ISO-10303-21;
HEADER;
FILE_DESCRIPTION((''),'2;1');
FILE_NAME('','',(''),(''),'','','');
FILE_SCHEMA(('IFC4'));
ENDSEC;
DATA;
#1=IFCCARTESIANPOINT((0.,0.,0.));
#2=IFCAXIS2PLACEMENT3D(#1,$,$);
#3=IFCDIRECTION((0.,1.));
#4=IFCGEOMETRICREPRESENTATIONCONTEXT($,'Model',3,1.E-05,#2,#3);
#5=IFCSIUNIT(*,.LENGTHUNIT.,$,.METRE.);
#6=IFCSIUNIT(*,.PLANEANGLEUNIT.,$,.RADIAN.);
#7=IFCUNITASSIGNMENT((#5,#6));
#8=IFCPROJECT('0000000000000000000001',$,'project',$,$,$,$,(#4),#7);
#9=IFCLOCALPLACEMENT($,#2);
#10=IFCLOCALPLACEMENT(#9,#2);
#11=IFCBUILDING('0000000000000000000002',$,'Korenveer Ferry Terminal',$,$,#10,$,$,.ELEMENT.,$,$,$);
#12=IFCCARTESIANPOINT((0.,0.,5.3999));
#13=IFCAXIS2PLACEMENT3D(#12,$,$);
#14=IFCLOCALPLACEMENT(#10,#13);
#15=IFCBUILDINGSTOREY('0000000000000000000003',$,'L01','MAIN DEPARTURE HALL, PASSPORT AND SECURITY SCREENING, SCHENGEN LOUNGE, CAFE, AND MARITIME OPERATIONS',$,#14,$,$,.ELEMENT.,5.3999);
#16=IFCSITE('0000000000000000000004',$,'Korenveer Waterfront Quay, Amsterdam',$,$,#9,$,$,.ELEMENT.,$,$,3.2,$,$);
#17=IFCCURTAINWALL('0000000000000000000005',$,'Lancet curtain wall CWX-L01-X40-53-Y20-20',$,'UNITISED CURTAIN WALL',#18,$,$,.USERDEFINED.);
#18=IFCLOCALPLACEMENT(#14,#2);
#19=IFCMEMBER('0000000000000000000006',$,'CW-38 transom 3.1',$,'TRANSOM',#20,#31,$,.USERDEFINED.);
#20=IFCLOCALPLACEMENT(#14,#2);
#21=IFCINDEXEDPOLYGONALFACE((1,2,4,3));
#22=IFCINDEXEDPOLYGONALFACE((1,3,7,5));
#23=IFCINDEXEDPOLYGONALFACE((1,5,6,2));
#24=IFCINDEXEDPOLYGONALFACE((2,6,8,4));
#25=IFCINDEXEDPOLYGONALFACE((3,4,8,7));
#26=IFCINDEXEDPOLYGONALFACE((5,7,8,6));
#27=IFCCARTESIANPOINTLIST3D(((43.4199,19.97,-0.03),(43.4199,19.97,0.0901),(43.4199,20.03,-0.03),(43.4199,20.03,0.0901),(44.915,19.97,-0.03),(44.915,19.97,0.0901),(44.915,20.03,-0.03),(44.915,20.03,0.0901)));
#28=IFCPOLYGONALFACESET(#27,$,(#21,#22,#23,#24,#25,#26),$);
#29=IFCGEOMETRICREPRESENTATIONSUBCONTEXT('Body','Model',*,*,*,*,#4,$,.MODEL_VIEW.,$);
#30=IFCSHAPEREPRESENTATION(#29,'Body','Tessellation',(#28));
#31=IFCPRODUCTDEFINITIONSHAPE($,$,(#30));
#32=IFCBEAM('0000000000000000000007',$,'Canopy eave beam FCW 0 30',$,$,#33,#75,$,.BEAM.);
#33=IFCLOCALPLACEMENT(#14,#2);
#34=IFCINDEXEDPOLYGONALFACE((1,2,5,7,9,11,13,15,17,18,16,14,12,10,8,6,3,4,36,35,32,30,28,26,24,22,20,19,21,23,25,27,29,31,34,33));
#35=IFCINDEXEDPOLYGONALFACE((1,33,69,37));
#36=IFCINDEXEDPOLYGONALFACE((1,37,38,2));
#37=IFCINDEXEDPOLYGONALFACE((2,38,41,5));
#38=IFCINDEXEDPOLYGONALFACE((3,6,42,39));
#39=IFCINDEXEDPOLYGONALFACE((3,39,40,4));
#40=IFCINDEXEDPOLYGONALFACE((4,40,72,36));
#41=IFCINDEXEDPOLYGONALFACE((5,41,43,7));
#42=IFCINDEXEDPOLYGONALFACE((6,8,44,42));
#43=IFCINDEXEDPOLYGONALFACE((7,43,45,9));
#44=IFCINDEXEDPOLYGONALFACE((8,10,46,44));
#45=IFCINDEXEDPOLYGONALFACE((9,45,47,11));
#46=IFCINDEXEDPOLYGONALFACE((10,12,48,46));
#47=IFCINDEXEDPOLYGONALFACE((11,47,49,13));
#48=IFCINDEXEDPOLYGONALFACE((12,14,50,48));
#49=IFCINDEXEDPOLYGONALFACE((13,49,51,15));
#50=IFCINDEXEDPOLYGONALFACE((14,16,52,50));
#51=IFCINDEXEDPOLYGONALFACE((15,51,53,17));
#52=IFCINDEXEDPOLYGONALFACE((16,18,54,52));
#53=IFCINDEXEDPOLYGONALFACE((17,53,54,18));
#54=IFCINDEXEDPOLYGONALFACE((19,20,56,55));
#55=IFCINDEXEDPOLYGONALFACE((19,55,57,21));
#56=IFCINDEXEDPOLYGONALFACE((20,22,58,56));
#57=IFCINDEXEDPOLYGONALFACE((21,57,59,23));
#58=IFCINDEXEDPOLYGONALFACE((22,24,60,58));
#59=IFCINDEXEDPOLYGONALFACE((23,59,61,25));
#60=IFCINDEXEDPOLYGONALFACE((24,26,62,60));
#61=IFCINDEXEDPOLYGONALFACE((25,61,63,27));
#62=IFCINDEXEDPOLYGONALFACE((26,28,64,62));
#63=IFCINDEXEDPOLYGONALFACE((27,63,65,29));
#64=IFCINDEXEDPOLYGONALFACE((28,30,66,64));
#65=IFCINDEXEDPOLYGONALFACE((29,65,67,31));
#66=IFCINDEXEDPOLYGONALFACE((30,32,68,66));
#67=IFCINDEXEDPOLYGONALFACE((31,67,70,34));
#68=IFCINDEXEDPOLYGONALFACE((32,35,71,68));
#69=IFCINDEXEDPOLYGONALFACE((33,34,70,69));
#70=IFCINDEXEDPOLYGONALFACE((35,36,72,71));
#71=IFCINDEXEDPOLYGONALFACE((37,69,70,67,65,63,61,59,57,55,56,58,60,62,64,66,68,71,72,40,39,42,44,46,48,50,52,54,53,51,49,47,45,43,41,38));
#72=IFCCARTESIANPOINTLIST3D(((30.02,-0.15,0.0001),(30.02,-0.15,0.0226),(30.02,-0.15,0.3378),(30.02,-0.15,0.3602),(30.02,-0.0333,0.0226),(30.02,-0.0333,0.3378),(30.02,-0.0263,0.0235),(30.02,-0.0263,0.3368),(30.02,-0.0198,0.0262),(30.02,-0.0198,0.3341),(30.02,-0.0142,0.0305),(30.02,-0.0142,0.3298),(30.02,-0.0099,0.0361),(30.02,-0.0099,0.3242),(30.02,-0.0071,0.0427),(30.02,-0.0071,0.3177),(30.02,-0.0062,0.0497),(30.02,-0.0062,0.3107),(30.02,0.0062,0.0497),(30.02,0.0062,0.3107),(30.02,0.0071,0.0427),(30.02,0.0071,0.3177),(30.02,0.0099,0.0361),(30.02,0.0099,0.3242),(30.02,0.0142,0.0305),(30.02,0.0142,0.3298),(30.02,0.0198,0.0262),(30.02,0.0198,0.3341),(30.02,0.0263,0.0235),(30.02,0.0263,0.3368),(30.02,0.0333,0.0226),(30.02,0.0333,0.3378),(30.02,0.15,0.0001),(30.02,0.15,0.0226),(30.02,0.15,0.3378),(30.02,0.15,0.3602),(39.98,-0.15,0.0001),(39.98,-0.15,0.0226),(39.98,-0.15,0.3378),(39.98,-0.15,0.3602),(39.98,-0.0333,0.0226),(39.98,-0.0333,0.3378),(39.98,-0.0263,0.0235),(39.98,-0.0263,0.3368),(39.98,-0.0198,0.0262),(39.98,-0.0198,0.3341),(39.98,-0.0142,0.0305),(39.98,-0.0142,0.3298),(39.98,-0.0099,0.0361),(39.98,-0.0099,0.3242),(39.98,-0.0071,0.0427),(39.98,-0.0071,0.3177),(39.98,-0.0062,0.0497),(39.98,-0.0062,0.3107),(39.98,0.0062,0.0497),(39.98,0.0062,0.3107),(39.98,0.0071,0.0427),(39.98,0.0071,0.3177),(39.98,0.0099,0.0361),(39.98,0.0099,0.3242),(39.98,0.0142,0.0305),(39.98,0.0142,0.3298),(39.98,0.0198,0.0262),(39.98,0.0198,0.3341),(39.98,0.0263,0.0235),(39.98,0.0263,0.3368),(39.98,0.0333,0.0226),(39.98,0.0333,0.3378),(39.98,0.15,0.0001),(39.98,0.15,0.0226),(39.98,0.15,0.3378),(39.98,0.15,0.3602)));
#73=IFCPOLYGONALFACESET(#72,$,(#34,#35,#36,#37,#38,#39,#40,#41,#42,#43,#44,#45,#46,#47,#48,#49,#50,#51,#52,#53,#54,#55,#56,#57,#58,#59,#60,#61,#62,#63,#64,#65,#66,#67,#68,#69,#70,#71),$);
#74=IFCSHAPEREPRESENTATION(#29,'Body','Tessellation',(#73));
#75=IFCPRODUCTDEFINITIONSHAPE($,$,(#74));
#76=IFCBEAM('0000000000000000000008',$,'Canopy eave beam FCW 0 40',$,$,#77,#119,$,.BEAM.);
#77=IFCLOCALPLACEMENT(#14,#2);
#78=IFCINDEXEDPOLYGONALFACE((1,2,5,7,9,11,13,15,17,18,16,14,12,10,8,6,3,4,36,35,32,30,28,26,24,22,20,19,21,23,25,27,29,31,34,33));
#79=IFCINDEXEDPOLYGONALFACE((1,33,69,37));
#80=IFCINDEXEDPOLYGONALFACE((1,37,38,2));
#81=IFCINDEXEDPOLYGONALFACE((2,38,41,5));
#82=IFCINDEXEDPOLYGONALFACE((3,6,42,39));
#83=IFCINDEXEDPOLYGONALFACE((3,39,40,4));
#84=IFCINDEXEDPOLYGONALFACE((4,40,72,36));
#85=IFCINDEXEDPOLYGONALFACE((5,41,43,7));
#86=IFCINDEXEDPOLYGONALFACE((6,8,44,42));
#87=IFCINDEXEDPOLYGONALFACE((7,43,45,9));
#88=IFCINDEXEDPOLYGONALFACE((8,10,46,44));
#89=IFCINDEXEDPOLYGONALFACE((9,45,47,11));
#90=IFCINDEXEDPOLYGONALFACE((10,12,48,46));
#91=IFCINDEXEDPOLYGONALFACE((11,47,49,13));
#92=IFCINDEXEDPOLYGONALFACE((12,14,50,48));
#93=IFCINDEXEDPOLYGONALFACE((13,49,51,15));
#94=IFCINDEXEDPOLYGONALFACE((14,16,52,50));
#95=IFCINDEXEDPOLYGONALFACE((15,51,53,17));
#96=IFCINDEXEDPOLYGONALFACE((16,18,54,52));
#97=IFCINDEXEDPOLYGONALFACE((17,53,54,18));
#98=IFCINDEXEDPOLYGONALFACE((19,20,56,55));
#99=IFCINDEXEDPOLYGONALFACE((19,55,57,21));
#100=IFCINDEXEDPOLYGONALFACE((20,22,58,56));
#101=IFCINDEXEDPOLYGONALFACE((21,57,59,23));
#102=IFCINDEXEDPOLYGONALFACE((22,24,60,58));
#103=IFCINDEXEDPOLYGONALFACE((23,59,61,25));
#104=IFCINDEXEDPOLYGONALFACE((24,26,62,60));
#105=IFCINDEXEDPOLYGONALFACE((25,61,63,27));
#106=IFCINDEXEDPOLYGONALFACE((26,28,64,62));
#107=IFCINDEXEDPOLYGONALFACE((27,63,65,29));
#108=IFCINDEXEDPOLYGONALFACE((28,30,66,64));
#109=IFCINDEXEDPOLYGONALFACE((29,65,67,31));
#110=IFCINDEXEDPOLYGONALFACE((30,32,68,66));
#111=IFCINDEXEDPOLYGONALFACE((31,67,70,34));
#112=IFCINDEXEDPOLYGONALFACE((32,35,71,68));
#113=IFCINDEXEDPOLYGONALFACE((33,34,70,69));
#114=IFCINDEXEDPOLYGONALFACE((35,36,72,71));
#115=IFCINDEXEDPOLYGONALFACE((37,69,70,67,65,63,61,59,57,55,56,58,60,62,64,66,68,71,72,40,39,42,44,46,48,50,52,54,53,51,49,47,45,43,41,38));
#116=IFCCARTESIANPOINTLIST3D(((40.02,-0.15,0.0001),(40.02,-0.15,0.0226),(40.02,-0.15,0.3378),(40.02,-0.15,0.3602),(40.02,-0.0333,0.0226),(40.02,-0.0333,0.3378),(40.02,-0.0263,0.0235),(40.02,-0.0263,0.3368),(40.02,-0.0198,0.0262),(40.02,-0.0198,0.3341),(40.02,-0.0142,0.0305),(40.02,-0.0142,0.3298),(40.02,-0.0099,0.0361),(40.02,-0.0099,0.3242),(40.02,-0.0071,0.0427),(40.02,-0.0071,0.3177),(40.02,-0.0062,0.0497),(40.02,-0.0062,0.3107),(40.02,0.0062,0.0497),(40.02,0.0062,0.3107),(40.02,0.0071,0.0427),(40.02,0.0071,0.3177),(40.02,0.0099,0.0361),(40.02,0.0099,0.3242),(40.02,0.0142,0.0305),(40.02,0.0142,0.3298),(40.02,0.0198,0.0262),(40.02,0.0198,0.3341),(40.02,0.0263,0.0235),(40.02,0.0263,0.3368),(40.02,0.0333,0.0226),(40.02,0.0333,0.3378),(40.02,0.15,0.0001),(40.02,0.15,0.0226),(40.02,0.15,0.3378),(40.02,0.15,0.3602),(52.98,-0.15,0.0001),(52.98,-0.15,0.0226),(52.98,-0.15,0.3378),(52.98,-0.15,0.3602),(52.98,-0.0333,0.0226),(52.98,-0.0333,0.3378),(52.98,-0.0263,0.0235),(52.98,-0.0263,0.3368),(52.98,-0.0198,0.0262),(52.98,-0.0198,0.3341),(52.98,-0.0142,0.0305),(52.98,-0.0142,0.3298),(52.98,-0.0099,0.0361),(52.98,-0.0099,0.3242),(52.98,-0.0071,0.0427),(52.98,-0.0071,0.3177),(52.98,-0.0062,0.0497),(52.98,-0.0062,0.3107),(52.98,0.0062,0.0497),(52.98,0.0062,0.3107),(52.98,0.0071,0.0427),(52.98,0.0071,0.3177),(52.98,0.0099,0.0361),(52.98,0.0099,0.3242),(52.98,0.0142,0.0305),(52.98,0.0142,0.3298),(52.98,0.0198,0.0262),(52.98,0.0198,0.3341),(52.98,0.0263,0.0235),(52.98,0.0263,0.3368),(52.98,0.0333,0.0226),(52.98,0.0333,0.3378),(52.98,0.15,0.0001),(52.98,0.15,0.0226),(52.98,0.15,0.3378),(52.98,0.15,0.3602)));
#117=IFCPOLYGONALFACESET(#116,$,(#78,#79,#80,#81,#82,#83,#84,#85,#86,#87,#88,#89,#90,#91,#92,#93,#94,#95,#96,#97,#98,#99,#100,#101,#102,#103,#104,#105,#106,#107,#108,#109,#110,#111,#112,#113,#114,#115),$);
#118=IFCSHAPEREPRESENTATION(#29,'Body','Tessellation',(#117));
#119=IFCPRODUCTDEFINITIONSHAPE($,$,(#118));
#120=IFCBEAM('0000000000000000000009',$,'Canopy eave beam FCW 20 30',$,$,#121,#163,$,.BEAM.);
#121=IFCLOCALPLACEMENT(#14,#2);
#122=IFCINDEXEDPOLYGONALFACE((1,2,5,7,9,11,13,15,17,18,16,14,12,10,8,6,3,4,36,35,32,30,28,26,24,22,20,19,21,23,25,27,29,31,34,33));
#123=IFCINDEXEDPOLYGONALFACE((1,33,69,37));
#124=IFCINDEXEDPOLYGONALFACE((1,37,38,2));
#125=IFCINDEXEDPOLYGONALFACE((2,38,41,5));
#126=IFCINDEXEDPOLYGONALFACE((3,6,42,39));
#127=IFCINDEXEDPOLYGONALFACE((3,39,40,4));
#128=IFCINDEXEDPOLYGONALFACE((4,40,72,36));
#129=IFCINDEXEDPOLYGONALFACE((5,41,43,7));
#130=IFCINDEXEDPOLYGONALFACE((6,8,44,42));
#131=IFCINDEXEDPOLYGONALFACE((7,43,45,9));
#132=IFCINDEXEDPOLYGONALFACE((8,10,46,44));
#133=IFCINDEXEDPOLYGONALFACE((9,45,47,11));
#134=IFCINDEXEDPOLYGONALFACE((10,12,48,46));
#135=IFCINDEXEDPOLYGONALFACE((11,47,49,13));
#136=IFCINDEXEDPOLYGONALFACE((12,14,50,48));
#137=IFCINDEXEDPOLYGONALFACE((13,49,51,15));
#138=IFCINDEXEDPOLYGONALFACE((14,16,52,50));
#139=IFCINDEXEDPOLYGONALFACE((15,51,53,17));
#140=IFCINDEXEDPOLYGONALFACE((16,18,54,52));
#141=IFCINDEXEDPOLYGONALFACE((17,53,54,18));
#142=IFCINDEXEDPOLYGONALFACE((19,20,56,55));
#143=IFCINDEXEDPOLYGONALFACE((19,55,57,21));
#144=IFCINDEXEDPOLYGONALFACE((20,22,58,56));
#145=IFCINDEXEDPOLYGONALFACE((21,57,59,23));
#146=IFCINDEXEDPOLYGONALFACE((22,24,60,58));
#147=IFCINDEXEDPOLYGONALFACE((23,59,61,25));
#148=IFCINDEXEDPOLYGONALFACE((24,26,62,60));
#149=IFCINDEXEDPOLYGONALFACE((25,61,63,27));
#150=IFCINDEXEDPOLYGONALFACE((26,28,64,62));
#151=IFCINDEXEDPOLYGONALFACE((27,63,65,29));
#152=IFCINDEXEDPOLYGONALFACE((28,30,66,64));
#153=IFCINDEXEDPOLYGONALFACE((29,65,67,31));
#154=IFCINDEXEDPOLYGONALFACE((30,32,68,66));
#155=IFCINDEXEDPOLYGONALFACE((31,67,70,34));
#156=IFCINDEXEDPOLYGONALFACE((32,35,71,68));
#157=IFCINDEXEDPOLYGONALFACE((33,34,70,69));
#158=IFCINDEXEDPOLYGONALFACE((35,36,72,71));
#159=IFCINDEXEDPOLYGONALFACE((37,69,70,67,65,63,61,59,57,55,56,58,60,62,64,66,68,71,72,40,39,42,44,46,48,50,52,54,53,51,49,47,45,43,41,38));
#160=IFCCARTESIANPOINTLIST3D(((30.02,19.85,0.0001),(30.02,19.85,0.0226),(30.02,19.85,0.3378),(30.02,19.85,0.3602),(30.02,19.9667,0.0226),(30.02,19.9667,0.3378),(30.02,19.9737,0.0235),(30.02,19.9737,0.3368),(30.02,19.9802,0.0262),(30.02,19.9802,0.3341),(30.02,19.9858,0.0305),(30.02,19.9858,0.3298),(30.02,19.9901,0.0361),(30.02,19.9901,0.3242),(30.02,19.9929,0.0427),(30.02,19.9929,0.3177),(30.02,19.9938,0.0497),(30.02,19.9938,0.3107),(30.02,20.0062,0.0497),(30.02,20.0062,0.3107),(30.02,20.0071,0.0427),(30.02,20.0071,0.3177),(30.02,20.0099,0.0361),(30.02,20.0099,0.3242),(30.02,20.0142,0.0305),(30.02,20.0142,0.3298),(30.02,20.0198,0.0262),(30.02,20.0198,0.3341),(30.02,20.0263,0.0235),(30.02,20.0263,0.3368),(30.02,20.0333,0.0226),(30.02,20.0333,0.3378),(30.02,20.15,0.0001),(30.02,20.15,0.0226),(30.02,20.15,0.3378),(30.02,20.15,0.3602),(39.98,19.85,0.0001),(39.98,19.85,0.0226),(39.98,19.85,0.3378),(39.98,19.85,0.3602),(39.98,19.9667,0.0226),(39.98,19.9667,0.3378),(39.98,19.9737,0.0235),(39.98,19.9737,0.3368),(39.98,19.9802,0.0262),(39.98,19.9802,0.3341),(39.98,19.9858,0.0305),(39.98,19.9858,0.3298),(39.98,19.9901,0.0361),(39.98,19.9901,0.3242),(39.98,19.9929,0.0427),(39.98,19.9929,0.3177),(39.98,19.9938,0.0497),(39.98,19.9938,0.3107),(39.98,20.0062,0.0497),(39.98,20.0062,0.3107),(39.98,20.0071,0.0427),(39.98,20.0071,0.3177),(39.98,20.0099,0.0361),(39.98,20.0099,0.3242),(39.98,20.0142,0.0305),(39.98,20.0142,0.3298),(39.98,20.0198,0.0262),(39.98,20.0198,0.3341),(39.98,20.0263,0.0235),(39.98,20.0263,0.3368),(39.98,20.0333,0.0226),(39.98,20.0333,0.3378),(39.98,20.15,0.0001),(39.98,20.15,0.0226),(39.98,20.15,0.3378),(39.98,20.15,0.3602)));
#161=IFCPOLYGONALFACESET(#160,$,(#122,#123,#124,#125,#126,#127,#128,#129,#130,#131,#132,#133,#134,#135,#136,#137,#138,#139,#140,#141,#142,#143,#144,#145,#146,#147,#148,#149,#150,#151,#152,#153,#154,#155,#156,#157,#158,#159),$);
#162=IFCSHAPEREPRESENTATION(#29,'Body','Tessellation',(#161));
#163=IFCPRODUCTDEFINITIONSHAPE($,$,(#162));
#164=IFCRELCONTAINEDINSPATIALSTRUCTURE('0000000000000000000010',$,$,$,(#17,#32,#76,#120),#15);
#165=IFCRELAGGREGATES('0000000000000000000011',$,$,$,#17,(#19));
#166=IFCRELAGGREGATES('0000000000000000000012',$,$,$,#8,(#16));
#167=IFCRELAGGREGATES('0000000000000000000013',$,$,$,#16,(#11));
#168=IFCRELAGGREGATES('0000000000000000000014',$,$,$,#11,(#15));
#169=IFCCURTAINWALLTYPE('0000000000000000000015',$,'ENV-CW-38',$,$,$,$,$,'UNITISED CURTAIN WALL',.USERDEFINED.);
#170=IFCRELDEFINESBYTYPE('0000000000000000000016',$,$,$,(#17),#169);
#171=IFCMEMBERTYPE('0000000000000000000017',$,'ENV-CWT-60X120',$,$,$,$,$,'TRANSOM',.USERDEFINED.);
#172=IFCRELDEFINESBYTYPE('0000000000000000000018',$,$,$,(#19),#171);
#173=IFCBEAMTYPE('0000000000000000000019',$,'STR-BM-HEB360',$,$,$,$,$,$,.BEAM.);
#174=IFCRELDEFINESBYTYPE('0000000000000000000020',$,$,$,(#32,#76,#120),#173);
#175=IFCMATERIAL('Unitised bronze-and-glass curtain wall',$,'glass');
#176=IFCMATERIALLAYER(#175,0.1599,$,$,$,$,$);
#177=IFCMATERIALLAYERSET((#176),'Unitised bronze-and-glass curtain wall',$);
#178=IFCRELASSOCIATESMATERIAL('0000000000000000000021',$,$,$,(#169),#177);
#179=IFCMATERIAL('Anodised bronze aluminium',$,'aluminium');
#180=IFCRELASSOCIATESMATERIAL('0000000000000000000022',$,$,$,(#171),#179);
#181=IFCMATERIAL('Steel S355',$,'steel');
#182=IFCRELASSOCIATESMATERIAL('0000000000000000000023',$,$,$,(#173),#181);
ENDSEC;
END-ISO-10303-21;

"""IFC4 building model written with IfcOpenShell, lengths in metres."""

from ifc_helpers import new_model, si_unit, direction, frame, origin, origin_2d, place, context, subcontext, project, spatial, rectangle, i_section, extrude, material, layer, layer_set, material_profile, profile_set, type_object, element, aggregate, save


model = new_model("IFC4")

# Units and contexts
model_context = context("Model", 3, precision=1e-05, world=origin(), true_north=direction((0.0, 1.0)))
body_context = subcontext(model_context, "Body", "Model", "MODEL_VIEW")
ifc_project = project(units=[si_unit("LENGTHUNIT", "METRE"), si_unit("PLANEANGLEUNIT", "RADIAN")], contexts=[model_context])

# Site, building, storey
site_placement = place(None, origin())
site = spatial("IfcSite", under=ifc_project, at=site_placement, Name="Korenveer Waterfront Quay, Amsterdam", CompositionType="ELEMENT", RefElevation=3.2)
building_placement = place(site_placement, origin())
building = spatial("IfcBuilding", under=site, at=building_placement, Name="Korenveer Ferry Terminal", CompositionType="ELEMENT")
storey_placement = place(building_placement, frame((0.0, 0.0, 5.3999)))
storey = spatial("IfcBuildingStorey", under=building, at=storey_placement, Name="L01", Description="MAIN DEPARTURE HALL, PASSPORT AND SECURITY SCREENING, SCHENGEN LOUNGE, CAFE, AND MARITIME OPERATIONS", CompositionType="ELEMENT", Elevation=5.3999)

# Curtain wall, member
ifc_material_1 = material(Name="Unitised bronze-and-glass curtain wall", Category="glass")
ifc_layer_1 = layer(ifc_material_1, 0.1599)
ifc_layer_set_1 = layer_set([ifc_layer_1], Name="Unitised bronze-and-glass curtain wall")
curtain_wall_type = type_object("IfcCurtainWallType", Name="ENV-CW-38", ElementType="UNITISED CURTAIN WALL", PredefinedType="USERDEFINED", material=ifc_layer_set_1)
curtain_wall_placement = place(storey_placement, frame((40.28, 20.0, 0.0)))
curtain_wall = element("IfcCurtainWall", 1, at=curtain_wall_placement, inside=storey, type_object=curtain_wall_type, Name="Lancet curtain wall CWX-L01-X40-53-Y20-20", ObjectType="UNITISED CURTAIN WALL", PredefinedType="USERDEFINED")
ifc_material_2 = material(Name="Anodised bronze aluminium", Category="aluminium")
ifc_material_profile_1 = material_profile(ifc_material_2, rectangle(XDim=0.0601, YDim=0.1201, at=origin_2d()), Name="ALU 60x120")
ifc_profile_set_1 = profile_set([ifc_material_profile_1], Name="Anodised bronze aluminium")
member_type_1 = type_object("IfcMemberType", Name="ENV-CWT-60X120", ElementType="TRANSOM", PredefinedType="USERDEFINED", material=ifc_profile_set_1)
member_1_placement = place(storey_placement, frame((43.4199, 20.0, 0.03), z_axis=(1.0, 0.0, 0.0), x_axis=(0.0, 1.0, 0.0)))
member_1 = element("IfcMember", 2, at=member_1_placement, type_object=member_type_1, Name="CW-38 transom 3.1", ObjectType="TRANSOM", PredefinedType="USERDEFINED", context=body_context, shape_type="SweptSolid", body=[
    extrude(rectangle(XDim=0.0601, YDim=0.1201, at=origin_2d()), origin(), (0.0, 0.0, 1.0), 1.4951),
])

# Beams
ifc_material_3 = material(Name="Steel S355", Category="steel")
ifc_material_profile_2 = material_profile(ifc_material_3, i_section(OverallWidth=0.3, OverallDepth=0.3601, WebThickness=0.0125, FlangeThickness=0.0225, FilletRadius=0.0271, at=origin_2d()), Name="HEB 360")
ifc_profile_set_2 = profile_set([ifc_material_profile_2], Name="Steel S355")
beam_type_1 = type_object("IfcBeamType", Name="STR-BM-HEB360", PredefinedType="BEAM", material=ifc_profile_set_2)
beam_1_placement = place(storey_placement, frame((30.02, 0.0, 0.1802), z_axis=(1.0, 0.0, 0.0), x_axis=(0.0, 1.0, 0.0)))
element("IfcBeam", 3, at=beam_1_placement, inside=storey, type_object=beam_type_1, Name="Canopy eave beam FCW 0 30", PredefinedType="BEAM", context=body_context, shape_type="SweptSolid", body=[
    extrude(i_section(OverallWidth=0.3, OverallDepth=0.3601, WebThickness=0.0125, FlangeThickness=0.0225, FilletRadius=0.0271, at=origin_2d()), origin(), (0.0, 0.0, 1.0), 9.96),
])
beam_2_placement = place(storey_placement, frame((40.02, 0.0, 0.1802), z_axis=(1.0, 0.0, 0.0), x_axis=(0.0, 1.0, 0.0)))
element("IfcBeam", 4, at=beam_2_placement, inside=storey, type_object=beam_type_1, Name="Canopy eave beam FCW 0 40", PredefinedType="BEAM", context=body_context, shape_type="SweptSolid", body=[
    extrude(i_section(OverallWidth=0.3, OverallDepth=0.3601, WebThickness=0.0125, FlangeThickness=0.0225, FilletRadius=0.0271, at=origin_2d()), origin(), (0.0, 0.0, 1.0), 12.96),
])
beam_3_placement = place(storey_placement, frame((30.02, 20.0, 0.1802), z_axis=(1.0, 0.0, 0.0), x_axis=(0.0, 1.0, 0.0)))
element("IfcBeam", 5, at=beam_3_placement, inside=storey, type_object=beam_type_1, Name="Canopy eave beam FCW 20 30", PredefinedType="BEAM", context=body_context, shape_type="SweptSolid", body=[
    extrude(i_section(OverallWidth=0.3, OverallDepth=0.3601, WebThickness=0.0125, FlangeThickness=0.0225, FilletRadius=0.0271, at=origin_2d()), origin(), (0.0, 0.0, 1.0), 9.96),
])

aggregate(curtain_wall, [member_1])

save(model, "model.ifc")
